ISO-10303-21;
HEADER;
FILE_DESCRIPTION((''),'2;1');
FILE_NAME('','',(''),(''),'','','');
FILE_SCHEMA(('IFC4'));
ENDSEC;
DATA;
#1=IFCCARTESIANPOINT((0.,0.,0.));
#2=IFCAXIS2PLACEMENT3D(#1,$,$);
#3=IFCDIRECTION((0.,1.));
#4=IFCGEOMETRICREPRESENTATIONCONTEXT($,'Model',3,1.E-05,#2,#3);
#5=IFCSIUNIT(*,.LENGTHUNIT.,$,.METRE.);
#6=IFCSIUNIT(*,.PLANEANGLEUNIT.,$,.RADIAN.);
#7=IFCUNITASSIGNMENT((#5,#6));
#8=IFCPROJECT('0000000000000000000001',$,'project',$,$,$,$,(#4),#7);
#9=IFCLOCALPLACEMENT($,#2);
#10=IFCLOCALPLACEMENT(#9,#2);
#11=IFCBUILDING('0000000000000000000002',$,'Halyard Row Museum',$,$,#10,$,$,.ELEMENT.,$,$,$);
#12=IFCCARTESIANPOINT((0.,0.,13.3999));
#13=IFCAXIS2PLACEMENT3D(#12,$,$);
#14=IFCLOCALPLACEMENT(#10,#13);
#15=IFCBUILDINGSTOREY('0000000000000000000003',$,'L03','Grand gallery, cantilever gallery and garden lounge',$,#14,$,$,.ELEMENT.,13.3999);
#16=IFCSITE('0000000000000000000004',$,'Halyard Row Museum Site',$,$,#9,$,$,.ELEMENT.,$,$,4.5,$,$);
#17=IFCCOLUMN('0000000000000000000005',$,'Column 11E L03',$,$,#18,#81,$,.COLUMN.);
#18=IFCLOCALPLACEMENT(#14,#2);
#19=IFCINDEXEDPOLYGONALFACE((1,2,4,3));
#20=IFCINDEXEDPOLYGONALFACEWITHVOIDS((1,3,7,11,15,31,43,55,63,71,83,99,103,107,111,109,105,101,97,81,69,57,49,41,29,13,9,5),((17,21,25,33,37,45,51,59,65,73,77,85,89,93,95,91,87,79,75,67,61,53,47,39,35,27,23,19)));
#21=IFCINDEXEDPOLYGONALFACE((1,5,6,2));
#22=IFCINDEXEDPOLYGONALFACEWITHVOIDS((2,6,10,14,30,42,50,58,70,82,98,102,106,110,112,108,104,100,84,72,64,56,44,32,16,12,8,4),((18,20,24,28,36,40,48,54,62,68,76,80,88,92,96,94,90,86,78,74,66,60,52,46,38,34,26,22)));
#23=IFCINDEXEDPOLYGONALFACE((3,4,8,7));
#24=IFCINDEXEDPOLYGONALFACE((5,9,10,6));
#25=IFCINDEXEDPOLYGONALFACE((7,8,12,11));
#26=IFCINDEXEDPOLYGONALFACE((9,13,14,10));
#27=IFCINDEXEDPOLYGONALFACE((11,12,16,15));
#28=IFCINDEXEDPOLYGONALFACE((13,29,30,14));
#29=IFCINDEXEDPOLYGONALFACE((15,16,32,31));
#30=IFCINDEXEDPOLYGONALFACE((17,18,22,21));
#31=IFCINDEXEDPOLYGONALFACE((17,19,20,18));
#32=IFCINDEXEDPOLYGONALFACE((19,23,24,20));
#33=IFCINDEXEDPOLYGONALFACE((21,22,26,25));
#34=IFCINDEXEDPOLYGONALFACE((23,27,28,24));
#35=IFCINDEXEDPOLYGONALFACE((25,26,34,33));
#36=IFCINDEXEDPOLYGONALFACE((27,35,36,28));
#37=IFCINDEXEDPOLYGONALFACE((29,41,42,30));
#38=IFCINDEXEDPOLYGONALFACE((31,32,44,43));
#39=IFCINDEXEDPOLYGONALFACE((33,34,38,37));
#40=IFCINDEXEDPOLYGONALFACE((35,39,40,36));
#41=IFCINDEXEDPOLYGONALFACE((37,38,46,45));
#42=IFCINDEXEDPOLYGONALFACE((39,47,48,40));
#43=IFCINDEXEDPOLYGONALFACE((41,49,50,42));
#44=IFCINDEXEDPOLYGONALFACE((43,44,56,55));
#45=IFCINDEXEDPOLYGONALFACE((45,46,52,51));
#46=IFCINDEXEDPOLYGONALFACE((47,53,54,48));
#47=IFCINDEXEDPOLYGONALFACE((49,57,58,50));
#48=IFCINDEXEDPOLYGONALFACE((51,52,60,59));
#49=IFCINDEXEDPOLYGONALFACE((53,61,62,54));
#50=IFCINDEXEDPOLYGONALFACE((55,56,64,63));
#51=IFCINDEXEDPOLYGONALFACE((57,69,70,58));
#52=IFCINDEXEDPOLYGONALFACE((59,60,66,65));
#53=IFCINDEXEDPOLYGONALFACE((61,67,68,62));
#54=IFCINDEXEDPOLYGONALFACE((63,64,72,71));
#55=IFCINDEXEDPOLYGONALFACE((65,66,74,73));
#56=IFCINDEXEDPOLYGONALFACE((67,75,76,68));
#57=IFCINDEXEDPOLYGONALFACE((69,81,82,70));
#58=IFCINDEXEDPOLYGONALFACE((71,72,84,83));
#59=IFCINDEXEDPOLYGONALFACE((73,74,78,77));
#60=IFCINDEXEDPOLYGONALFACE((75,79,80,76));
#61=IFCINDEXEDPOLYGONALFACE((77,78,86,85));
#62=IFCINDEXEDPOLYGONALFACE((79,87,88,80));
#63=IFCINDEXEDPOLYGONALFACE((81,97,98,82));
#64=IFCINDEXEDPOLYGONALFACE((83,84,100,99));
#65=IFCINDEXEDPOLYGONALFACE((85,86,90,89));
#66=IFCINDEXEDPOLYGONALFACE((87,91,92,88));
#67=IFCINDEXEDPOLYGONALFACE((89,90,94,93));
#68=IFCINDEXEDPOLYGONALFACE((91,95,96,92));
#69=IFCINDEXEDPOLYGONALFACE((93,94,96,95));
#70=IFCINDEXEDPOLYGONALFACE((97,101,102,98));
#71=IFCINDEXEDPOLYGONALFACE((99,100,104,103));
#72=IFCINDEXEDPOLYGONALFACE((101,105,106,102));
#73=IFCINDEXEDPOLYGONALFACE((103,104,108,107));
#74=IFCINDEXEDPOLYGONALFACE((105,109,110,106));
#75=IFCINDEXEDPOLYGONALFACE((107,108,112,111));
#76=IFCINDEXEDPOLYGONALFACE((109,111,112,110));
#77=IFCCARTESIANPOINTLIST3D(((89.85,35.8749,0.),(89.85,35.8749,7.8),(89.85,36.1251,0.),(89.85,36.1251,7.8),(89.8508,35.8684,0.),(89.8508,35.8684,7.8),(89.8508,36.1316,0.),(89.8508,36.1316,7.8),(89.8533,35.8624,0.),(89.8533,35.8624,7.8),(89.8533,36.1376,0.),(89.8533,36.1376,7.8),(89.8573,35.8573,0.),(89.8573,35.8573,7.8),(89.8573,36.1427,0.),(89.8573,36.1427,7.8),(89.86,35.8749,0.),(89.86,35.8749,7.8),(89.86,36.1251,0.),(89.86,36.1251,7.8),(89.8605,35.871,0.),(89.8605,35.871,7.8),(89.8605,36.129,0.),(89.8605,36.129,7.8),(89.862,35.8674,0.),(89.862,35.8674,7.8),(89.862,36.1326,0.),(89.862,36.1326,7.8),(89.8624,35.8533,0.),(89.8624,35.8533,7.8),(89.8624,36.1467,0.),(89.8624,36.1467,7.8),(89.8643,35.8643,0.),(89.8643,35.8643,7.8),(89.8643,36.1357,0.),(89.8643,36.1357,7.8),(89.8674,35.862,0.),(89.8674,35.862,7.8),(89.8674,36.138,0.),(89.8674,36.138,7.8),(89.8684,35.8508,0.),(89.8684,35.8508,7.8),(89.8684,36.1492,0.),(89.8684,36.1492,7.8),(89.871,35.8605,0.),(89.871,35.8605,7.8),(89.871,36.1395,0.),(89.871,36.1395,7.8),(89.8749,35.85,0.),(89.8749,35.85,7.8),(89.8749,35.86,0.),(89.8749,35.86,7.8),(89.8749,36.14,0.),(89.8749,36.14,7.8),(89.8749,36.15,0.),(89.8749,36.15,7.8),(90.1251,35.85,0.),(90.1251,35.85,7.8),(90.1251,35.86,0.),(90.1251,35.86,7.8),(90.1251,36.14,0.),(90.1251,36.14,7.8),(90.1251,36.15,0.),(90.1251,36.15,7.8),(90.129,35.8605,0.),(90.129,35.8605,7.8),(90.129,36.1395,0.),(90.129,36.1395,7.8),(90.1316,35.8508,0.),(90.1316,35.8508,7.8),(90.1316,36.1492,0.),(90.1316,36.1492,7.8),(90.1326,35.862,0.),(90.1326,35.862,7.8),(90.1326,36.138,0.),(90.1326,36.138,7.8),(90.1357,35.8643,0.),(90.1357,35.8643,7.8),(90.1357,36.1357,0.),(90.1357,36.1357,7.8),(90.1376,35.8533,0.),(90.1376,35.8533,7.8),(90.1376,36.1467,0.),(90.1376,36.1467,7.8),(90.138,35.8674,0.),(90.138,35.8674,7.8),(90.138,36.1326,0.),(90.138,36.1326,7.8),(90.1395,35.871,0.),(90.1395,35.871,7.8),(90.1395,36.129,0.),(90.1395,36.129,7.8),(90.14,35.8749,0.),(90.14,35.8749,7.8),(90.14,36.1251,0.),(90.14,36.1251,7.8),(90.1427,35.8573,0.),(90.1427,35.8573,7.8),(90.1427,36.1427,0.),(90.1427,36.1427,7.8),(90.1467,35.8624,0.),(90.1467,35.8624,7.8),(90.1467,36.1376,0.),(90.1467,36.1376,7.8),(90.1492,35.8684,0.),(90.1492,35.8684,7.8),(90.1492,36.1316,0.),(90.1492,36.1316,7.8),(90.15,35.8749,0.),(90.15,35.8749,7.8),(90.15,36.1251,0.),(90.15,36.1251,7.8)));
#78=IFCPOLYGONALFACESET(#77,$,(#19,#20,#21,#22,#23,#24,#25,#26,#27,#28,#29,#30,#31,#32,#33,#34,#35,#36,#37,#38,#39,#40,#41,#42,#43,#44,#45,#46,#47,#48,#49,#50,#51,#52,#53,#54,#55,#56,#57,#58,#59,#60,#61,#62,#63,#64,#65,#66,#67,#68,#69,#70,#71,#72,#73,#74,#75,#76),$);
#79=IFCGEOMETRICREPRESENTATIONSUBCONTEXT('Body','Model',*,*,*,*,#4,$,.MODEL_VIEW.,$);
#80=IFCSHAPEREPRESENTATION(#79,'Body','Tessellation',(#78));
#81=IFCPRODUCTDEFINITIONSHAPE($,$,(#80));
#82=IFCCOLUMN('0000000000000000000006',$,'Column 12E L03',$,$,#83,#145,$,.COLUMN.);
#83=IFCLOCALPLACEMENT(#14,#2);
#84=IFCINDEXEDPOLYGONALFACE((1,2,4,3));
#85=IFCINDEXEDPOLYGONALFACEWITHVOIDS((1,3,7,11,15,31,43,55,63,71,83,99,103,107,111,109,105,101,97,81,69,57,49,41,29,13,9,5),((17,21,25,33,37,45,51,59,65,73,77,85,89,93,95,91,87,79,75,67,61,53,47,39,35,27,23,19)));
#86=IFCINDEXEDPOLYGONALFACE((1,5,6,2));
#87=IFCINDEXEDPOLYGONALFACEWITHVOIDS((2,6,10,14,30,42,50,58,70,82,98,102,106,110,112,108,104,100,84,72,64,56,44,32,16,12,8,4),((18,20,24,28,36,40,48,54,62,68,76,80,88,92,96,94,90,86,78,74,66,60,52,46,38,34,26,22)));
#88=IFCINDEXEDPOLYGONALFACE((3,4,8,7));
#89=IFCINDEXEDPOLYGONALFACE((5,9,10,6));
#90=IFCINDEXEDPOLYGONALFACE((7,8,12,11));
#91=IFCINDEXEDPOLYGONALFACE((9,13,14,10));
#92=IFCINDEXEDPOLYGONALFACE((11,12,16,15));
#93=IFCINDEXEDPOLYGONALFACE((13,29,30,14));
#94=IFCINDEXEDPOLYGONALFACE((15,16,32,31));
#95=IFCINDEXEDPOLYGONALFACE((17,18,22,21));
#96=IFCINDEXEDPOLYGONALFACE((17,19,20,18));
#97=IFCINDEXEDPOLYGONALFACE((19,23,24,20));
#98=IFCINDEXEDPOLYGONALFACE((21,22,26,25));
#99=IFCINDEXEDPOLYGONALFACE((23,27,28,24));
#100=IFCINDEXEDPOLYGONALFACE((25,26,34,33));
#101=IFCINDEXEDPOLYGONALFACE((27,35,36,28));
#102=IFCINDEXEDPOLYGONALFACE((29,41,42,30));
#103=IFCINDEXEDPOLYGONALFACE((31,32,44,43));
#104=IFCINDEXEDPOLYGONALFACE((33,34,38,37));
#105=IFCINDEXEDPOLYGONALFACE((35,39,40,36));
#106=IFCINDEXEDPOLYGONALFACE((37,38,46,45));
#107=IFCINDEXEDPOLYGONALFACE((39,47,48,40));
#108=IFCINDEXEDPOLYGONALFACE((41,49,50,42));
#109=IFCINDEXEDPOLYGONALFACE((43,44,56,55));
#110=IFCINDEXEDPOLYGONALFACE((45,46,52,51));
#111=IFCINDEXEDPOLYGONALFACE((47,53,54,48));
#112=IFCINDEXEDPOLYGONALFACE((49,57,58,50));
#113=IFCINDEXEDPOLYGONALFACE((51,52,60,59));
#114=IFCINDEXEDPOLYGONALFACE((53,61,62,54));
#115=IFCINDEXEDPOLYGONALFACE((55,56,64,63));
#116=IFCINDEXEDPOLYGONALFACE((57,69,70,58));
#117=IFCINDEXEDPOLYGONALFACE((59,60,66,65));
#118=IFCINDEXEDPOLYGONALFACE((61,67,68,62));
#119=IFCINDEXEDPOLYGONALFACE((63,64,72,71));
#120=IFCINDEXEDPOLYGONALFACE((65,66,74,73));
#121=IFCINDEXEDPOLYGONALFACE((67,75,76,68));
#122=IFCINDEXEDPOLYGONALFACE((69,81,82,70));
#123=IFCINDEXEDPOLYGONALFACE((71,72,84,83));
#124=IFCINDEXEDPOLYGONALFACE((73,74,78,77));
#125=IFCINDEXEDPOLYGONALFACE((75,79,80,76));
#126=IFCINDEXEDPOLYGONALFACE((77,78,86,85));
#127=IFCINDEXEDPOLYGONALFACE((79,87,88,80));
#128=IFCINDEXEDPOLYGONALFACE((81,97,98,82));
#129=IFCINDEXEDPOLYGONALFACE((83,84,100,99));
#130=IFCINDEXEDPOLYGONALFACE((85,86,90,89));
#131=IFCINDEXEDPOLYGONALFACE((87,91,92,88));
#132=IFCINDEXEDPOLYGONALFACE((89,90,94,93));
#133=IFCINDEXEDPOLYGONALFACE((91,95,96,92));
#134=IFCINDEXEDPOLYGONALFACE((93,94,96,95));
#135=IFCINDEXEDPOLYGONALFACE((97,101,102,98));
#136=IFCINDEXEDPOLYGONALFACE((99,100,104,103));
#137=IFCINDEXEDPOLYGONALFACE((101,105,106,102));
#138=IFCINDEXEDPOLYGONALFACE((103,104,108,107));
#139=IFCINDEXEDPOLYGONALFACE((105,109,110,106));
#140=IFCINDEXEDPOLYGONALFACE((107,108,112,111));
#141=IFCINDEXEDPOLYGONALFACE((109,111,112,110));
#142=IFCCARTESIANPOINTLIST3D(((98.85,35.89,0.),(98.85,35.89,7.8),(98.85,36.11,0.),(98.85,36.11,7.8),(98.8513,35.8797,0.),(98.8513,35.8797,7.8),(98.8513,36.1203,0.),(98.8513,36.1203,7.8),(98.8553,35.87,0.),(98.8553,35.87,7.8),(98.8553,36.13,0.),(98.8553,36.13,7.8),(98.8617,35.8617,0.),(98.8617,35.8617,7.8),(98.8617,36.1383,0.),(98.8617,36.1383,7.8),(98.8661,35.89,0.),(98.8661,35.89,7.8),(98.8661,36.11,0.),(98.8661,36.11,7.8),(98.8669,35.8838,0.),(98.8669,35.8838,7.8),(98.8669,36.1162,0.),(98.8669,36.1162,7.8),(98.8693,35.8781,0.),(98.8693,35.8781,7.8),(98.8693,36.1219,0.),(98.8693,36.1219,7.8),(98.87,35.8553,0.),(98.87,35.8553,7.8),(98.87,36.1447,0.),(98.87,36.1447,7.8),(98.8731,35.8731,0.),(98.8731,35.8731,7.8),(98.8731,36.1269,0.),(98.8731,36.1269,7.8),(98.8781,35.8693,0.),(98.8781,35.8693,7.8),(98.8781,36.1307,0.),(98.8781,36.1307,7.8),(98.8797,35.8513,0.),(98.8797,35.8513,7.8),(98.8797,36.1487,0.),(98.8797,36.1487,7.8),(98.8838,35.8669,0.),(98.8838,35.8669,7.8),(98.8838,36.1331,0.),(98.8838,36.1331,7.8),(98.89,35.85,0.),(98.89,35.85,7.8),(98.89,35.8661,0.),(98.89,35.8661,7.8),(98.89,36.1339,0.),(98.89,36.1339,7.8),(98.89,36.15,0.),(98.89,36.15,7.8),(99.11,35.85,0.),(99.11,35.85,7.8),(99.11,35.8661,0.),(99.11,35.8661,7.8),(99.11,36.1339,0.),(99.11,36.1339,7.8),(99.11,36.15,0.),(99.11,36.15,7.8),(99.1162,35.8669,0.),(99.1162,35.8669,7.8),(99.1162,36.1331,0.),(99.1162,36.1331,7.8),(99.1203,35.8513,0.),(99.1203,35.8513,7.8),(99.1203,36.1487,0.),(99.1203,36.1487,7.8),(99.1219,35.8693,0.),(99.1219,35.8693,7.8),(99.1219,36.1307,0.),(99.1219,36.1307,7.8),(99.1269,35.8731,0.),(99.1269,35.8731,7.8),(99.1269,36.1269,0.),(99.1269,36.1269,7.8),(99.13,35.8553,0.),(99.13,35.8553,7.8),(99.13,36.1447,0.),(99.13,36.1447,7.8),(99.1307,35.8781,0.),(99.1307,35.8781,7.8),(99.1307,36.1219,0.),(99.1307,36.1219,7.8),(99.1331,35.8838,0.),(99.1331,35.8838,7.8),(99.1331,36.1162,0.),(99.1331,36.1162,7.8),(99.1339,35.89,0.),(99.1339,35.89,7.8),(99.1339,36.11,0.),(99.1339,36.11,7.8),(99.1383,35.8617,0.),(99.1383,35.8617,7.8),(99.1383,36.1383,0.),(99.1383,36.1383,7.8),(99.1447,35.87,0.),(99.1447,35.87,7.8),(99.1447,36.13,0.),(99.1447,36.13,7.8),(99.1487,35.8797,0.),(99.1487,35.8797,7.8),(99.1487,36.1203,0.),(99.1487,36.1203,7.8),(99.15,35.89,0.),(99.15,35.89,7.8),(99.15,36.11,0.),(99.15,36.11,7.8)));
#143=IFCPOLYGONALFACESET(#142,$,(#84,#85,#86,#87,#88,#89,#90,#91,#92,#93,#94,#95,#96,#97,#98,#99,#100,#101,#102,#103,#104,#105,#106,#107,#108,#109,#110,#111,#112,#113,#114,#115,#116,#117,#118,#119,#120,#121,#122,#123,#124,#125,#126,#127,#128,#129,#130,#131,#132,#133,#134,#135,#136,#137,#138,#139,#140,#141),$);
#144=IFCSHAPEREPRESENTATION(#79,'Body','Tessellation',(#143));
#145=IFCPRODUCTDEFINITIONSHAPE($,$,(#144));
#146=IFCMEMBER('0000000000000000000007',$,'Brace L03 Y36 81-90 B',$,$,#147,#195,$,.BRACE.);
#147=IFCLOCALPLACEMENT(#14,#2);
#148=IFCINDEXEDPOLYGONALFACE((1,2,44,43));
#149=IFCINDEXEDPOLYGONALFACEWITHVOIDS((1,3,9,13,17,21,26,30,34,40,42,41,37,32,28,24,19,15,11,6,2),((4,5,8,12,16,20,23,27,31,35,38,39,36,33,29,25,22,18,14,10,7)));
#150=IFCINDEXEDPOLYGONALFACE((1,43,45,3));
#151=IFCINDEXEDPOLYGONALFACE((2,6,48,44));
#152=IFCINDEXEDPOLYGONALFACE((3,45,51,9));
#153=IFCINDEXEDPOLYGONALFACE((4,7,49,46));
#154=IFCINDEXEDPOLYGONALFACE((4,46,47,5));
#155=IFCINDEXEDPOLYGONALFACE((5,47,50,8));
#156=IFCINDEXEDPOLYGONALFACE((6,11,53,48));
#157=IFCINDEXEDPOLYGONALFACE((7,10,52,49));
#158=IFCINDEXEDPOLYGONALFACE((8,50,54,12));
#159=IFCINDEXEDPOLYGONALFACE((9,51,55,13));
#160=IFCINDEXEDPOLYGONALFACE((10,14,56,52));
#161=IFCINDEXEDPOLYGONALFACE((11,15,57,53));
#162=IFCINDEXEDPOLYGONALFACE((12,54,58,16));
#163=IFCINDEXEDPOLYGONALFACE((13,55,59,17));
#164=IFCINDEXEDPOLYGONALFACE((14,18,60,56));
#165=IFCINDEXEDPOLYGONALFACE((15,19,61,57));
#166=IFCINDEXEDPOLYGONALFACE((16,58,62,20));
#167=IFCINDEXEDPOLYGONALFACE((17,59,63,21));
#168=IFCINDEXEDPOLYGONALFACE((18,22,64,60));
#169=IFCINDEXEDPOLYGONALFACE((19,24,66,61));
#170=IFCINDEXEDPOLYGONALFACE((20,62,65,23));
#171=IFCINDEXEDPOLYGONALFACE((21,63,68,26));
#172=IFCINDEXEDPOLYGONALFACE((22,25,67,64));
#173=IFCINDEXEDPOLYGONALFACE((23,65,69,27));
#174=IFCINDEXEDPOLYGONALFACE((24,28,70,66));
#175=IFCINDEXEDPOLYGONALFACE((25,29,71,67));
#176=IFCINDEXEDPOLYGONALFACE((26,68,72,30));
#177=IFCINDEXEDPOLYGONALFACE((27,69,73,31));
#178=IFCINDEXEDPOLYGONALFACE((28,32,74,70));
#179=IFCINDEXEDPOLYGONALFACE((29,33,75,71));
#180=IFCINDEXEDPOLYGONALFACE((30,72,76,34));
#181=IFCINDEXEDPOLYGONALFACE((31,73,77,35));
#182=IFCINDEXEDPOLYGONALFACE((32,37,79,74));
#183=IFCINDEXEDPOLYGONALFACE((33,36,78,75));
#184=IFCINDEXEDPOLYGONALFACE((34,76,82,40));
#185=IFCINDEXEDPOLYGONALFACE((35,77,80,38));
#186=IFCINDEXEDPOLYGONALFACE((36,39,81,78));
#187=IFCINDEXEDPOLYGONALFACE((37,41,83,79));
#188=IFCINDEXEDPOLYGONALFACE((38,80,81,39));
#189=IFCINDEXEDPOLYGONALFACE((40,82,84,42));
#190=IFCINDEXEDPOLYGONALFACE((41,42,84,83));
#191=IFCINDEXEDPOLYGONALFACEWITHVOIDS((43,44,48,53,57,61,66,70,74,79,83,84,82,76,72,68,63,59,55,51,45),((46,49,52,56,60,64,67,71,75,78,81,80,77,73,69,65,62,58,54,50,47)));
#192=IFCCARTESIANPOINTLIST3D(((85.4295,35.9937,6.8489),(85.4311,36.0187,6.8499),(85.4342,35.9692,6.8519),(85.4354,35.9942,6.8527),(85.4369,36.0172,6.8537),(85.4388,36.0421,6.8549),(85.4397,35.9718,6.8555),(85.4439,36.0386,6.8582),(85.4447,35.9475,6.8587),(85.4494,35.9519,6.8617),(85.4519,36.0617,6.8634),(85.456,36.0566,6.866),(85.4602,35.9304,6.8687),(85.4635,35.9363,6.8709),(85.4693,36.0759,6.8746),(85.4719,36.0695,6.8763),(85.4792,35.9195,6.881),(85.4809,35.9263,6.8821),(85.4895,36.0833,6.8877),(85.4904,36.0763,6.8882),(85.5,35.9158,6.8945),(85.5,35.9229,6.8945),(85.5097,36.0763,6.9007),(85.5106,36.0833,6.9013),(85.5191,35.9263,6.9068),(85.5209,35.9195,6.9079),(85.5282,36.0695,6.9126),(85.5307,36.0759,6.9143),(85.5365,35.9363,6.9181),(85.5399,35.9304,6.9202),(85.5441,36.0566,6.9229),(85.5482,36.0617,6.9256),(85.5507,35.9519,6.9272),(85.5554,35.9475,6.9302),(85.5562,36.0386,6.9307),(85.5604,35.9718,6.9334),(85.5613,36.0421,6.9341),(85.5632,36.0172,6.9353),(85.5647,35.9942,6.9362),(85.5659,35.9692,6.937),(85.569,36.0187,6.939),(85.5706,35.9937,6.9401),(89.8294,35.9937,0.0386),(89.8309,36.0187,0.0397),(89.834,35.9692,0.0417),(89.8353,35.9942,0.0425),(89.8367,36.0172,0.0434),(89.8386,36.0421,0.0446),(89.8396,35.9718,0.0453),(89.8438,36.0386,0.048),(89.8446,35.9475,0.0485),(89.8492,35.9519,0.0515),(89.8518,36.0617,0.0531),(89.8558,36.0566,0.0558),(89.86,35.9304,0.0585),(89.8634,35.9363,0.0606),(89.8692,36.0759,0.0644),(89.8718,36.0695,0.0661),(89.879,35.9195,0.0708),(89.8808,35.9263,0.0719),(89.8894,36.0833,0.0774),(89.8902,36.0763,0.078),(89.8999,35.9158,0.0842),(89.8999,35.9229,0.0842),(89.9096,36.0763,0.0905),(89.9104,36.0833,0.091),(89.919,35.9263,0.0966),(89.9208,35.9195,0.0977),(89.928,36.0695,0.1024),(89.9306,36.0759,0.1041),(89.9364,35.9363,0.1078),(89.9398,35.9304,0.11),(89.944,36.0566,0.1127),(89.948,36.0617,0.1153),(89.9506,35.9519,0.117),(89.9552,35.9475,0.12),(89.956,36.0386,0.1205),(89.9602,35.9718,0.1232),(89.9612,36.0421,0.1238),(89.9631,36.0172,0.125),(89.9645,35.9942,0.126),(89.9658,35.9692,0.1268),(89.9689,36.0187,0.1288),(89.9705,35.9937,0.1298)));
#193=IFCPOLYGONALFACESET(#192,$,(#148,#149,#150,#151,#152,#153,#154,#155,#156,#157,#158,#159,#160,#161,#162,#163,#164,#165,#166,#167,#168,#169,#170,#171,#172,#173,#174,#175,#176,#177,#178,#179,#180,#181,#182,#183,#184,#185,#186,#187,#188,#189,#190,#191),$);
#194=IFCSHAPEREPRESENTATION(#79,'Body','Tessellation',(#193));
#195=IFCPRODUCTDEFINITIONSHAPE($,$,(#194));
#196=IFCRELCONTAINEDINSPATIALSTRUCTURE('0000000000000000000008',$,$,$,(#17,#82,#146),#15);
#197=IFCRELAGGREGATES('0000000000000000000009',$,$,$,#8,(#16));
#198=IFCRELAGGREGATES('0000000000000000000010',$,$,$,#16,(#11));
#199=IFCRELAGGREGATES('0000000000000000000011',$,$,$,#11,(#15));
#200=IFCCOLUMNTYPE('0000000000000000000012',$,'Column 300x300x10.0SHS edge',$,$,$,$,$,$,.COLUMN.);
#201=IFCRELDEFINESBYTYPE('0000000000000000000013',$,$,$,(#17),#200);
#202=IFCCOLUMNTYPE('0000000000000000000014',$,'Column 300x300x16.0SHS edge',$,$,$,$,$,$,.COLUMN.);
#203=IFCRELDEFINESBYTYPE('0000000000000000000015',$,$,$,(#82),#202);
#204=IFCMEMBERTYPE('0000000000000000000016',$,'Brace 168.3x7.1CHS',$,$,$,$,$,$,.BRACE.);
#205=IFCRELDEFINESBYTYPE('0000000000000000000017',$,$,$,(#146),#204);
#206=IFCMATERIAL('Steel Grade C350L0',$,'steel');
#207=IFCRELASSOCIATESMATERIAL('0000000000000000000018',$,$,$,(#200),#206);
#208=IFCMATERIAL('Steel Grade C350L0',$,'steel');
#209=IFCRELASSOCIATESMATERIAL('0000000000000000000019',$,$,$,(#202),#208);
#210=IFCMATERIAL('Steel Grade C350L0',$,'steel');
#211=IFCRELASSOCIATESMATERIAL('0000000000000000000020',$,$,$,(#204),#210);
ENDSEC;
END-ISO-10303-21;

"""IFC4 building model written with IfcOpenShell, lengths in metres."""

from ifc_helpers import new_model, si_unit, direction, frame, origin, origin_2d, place, context, subcontext, project, spatial, hollow_rectangle, hollow_circle, extrude, material, material_profile, profile_set, type_object, element, save


model = new_model("IFC4")

# Units and contexts
model_context = context("Model", 3, precision=1e-05, world=origin(), true_north=direction((0.0, 1.0)))
body_context = subcontext(model_context, "Body", "Model", "MODEL_VIEW")
ifc_project = project(units=[si_unit("LENGTHUNIT", "METRE"), si_unit("PLANEANGLEUNIT", "RADIAN")], contexts=[model_context])

# Site, building, storey
site_placement = place(None, origin())
site = spatial("IfcSite", under=ifc_project, at=site_placement, Name="Halyard Row Museum Site", CompositionType="ELEMENT", RefElevation=4.5)
building_placement = place(site_placement, origin())
building = spatial("IfcBuilding", under=site, at=building_placement, Name="Halyard Row Museum", CompositionType="ELEMENT")
storey_placement = place(building_placement, frame((0.0, 0.0, 13.3999)))
storey = spatial("IfcBuildingStorey", under=building, at=storey_placement, Name="L03", Description="Grand gallery, cantilever gallery and garden lounge", CompositionType="ELEMENT", Elevation=13.3999)

# Columns
ifc_material_1 = material(Name="Steel Grade C350L0", Category="steel")
ifc_material_profile_1 = material_profile(ifc_material_1, hollow_rectangle(XDim=0.3, YDim=0.3, WallThickness=0.01, InnerFilletRadius=0.0149, OuterFilletRadius=0.0249, at=origin_2d()), Name="300x300x10.0SHS")
ifc_profile_set_1 = profile_set([ifc_material_profile_1], Name="Steel Grade C350L0")
column_type_1 = type_object("IfcColumnType", Name="Column 300x300x10.0SHS edge", PredefinedType="COLUMN", material=ifc_profile_set_1)
column_1_placement = place(storey_placement, frame((90.0, 36.0, 0.0), z_axis=(0.0, 0.0, 1.0), x_axis=(1.0, 0.0, 0.0)))
element("IfcColumn", 1, at=column_1_placement, inside=storey, type_object=column_type_1, Name="Column 11E L03", PredefinedType="COLUMN", context=body_context, shape_type="SweptSolid", body=[
    extrude(hollow_rectangle(XDim=0.3, YDim=0.3, WallThickness=0.01, InnerFilletRadius=0.0149, OuterFilletRadius=0.0249, at=origin_2d()), origin(), (0.0, 0.0, 1.0), 7.8),
])
ifc_material_2 = material(Name="Steel Grade C350L0", Category="steel")
ifc_material_profile_2 = material_profile(ifc_material_2, hollow_rectangle(XDim=0.3, YDim=0.3, WallThickness=0.0161, InnerFilletRadius=0.0239, OuterFilletRadius=0.04, at=origin_2d()), Name="300x300x16.0SHS")
ifc_profile_set_2 = profile_set([ifc_material_profile_2], Name="Steel Grade C350L0")
column_type_2 = type_object("IfcColumnType", Name="Column 300x300x16.0SHS edge", PredefinedType="COLUMN", material=ifc_profile_set_2)
column_2_placement = place(storey_placement, frame((99.0, 36.0, 0.0), z_axis=(0.0, 0.0, 1.0), x_axis=(1.0, 0.0, 0.0)))
element("IfcColumn", 2, at=column_2_placement, inside=storey, type_object=column_type_2, Name="Column 12E L03", PredefinedType="COLUMN", context=body_context, shape_type="SweptSolid", body=[
    extrude(hollow_rectangle(XDim=0.3, YDim=0.3, WallThickness=0.0161, InnerFilletRadius=0.0239, OuterFilletRadius=0.04, at=origin_2d()), origin(), (0.0, 0.0, 1.0), 7.8),
])

# Member
ifc_material_3 = material(Name="Steel Grade C350L0", Category="steel")
ifc_material_profile_3 = material_profile(ifc_material_3, hollow_circle(Radius=0.0842, WallThickness=0.0071, at=origin_2d()), Name="168.3x7.1CHS")
ifc_profile_set_3 = profile_set([ifc_material_profile_3], Name="Steel Grade C350L0")
member_type_1 = type_object("IfcMemberType", Name="Brace 168.3x7.1CHS", PredefinedType="BRACE", material=ifc_profile_set_3)
member_1_placement = place(storey_placement, frame((89.8999, 36.0, 0.0842), z_axis=(-0.542663, 0.0, 0.83995), x_axis=(0.0, -1.0, 0.0)))
element("IfcMember", 3, at=member_1_placement, inside=storey, type_object=member_type_1, Name="Brace L03 Y36 81-90 B", PredefinedType="BRACE", context=body_context, shape_type="SweptSolid", body=[
    extrude(hollow_circle(Radius=0.0842, WallThickness=0.0071, at=origin_2d()), origin(), (0.0, 0.0, 1.0), 8.1079),
])

save(model, "model.ifc")
